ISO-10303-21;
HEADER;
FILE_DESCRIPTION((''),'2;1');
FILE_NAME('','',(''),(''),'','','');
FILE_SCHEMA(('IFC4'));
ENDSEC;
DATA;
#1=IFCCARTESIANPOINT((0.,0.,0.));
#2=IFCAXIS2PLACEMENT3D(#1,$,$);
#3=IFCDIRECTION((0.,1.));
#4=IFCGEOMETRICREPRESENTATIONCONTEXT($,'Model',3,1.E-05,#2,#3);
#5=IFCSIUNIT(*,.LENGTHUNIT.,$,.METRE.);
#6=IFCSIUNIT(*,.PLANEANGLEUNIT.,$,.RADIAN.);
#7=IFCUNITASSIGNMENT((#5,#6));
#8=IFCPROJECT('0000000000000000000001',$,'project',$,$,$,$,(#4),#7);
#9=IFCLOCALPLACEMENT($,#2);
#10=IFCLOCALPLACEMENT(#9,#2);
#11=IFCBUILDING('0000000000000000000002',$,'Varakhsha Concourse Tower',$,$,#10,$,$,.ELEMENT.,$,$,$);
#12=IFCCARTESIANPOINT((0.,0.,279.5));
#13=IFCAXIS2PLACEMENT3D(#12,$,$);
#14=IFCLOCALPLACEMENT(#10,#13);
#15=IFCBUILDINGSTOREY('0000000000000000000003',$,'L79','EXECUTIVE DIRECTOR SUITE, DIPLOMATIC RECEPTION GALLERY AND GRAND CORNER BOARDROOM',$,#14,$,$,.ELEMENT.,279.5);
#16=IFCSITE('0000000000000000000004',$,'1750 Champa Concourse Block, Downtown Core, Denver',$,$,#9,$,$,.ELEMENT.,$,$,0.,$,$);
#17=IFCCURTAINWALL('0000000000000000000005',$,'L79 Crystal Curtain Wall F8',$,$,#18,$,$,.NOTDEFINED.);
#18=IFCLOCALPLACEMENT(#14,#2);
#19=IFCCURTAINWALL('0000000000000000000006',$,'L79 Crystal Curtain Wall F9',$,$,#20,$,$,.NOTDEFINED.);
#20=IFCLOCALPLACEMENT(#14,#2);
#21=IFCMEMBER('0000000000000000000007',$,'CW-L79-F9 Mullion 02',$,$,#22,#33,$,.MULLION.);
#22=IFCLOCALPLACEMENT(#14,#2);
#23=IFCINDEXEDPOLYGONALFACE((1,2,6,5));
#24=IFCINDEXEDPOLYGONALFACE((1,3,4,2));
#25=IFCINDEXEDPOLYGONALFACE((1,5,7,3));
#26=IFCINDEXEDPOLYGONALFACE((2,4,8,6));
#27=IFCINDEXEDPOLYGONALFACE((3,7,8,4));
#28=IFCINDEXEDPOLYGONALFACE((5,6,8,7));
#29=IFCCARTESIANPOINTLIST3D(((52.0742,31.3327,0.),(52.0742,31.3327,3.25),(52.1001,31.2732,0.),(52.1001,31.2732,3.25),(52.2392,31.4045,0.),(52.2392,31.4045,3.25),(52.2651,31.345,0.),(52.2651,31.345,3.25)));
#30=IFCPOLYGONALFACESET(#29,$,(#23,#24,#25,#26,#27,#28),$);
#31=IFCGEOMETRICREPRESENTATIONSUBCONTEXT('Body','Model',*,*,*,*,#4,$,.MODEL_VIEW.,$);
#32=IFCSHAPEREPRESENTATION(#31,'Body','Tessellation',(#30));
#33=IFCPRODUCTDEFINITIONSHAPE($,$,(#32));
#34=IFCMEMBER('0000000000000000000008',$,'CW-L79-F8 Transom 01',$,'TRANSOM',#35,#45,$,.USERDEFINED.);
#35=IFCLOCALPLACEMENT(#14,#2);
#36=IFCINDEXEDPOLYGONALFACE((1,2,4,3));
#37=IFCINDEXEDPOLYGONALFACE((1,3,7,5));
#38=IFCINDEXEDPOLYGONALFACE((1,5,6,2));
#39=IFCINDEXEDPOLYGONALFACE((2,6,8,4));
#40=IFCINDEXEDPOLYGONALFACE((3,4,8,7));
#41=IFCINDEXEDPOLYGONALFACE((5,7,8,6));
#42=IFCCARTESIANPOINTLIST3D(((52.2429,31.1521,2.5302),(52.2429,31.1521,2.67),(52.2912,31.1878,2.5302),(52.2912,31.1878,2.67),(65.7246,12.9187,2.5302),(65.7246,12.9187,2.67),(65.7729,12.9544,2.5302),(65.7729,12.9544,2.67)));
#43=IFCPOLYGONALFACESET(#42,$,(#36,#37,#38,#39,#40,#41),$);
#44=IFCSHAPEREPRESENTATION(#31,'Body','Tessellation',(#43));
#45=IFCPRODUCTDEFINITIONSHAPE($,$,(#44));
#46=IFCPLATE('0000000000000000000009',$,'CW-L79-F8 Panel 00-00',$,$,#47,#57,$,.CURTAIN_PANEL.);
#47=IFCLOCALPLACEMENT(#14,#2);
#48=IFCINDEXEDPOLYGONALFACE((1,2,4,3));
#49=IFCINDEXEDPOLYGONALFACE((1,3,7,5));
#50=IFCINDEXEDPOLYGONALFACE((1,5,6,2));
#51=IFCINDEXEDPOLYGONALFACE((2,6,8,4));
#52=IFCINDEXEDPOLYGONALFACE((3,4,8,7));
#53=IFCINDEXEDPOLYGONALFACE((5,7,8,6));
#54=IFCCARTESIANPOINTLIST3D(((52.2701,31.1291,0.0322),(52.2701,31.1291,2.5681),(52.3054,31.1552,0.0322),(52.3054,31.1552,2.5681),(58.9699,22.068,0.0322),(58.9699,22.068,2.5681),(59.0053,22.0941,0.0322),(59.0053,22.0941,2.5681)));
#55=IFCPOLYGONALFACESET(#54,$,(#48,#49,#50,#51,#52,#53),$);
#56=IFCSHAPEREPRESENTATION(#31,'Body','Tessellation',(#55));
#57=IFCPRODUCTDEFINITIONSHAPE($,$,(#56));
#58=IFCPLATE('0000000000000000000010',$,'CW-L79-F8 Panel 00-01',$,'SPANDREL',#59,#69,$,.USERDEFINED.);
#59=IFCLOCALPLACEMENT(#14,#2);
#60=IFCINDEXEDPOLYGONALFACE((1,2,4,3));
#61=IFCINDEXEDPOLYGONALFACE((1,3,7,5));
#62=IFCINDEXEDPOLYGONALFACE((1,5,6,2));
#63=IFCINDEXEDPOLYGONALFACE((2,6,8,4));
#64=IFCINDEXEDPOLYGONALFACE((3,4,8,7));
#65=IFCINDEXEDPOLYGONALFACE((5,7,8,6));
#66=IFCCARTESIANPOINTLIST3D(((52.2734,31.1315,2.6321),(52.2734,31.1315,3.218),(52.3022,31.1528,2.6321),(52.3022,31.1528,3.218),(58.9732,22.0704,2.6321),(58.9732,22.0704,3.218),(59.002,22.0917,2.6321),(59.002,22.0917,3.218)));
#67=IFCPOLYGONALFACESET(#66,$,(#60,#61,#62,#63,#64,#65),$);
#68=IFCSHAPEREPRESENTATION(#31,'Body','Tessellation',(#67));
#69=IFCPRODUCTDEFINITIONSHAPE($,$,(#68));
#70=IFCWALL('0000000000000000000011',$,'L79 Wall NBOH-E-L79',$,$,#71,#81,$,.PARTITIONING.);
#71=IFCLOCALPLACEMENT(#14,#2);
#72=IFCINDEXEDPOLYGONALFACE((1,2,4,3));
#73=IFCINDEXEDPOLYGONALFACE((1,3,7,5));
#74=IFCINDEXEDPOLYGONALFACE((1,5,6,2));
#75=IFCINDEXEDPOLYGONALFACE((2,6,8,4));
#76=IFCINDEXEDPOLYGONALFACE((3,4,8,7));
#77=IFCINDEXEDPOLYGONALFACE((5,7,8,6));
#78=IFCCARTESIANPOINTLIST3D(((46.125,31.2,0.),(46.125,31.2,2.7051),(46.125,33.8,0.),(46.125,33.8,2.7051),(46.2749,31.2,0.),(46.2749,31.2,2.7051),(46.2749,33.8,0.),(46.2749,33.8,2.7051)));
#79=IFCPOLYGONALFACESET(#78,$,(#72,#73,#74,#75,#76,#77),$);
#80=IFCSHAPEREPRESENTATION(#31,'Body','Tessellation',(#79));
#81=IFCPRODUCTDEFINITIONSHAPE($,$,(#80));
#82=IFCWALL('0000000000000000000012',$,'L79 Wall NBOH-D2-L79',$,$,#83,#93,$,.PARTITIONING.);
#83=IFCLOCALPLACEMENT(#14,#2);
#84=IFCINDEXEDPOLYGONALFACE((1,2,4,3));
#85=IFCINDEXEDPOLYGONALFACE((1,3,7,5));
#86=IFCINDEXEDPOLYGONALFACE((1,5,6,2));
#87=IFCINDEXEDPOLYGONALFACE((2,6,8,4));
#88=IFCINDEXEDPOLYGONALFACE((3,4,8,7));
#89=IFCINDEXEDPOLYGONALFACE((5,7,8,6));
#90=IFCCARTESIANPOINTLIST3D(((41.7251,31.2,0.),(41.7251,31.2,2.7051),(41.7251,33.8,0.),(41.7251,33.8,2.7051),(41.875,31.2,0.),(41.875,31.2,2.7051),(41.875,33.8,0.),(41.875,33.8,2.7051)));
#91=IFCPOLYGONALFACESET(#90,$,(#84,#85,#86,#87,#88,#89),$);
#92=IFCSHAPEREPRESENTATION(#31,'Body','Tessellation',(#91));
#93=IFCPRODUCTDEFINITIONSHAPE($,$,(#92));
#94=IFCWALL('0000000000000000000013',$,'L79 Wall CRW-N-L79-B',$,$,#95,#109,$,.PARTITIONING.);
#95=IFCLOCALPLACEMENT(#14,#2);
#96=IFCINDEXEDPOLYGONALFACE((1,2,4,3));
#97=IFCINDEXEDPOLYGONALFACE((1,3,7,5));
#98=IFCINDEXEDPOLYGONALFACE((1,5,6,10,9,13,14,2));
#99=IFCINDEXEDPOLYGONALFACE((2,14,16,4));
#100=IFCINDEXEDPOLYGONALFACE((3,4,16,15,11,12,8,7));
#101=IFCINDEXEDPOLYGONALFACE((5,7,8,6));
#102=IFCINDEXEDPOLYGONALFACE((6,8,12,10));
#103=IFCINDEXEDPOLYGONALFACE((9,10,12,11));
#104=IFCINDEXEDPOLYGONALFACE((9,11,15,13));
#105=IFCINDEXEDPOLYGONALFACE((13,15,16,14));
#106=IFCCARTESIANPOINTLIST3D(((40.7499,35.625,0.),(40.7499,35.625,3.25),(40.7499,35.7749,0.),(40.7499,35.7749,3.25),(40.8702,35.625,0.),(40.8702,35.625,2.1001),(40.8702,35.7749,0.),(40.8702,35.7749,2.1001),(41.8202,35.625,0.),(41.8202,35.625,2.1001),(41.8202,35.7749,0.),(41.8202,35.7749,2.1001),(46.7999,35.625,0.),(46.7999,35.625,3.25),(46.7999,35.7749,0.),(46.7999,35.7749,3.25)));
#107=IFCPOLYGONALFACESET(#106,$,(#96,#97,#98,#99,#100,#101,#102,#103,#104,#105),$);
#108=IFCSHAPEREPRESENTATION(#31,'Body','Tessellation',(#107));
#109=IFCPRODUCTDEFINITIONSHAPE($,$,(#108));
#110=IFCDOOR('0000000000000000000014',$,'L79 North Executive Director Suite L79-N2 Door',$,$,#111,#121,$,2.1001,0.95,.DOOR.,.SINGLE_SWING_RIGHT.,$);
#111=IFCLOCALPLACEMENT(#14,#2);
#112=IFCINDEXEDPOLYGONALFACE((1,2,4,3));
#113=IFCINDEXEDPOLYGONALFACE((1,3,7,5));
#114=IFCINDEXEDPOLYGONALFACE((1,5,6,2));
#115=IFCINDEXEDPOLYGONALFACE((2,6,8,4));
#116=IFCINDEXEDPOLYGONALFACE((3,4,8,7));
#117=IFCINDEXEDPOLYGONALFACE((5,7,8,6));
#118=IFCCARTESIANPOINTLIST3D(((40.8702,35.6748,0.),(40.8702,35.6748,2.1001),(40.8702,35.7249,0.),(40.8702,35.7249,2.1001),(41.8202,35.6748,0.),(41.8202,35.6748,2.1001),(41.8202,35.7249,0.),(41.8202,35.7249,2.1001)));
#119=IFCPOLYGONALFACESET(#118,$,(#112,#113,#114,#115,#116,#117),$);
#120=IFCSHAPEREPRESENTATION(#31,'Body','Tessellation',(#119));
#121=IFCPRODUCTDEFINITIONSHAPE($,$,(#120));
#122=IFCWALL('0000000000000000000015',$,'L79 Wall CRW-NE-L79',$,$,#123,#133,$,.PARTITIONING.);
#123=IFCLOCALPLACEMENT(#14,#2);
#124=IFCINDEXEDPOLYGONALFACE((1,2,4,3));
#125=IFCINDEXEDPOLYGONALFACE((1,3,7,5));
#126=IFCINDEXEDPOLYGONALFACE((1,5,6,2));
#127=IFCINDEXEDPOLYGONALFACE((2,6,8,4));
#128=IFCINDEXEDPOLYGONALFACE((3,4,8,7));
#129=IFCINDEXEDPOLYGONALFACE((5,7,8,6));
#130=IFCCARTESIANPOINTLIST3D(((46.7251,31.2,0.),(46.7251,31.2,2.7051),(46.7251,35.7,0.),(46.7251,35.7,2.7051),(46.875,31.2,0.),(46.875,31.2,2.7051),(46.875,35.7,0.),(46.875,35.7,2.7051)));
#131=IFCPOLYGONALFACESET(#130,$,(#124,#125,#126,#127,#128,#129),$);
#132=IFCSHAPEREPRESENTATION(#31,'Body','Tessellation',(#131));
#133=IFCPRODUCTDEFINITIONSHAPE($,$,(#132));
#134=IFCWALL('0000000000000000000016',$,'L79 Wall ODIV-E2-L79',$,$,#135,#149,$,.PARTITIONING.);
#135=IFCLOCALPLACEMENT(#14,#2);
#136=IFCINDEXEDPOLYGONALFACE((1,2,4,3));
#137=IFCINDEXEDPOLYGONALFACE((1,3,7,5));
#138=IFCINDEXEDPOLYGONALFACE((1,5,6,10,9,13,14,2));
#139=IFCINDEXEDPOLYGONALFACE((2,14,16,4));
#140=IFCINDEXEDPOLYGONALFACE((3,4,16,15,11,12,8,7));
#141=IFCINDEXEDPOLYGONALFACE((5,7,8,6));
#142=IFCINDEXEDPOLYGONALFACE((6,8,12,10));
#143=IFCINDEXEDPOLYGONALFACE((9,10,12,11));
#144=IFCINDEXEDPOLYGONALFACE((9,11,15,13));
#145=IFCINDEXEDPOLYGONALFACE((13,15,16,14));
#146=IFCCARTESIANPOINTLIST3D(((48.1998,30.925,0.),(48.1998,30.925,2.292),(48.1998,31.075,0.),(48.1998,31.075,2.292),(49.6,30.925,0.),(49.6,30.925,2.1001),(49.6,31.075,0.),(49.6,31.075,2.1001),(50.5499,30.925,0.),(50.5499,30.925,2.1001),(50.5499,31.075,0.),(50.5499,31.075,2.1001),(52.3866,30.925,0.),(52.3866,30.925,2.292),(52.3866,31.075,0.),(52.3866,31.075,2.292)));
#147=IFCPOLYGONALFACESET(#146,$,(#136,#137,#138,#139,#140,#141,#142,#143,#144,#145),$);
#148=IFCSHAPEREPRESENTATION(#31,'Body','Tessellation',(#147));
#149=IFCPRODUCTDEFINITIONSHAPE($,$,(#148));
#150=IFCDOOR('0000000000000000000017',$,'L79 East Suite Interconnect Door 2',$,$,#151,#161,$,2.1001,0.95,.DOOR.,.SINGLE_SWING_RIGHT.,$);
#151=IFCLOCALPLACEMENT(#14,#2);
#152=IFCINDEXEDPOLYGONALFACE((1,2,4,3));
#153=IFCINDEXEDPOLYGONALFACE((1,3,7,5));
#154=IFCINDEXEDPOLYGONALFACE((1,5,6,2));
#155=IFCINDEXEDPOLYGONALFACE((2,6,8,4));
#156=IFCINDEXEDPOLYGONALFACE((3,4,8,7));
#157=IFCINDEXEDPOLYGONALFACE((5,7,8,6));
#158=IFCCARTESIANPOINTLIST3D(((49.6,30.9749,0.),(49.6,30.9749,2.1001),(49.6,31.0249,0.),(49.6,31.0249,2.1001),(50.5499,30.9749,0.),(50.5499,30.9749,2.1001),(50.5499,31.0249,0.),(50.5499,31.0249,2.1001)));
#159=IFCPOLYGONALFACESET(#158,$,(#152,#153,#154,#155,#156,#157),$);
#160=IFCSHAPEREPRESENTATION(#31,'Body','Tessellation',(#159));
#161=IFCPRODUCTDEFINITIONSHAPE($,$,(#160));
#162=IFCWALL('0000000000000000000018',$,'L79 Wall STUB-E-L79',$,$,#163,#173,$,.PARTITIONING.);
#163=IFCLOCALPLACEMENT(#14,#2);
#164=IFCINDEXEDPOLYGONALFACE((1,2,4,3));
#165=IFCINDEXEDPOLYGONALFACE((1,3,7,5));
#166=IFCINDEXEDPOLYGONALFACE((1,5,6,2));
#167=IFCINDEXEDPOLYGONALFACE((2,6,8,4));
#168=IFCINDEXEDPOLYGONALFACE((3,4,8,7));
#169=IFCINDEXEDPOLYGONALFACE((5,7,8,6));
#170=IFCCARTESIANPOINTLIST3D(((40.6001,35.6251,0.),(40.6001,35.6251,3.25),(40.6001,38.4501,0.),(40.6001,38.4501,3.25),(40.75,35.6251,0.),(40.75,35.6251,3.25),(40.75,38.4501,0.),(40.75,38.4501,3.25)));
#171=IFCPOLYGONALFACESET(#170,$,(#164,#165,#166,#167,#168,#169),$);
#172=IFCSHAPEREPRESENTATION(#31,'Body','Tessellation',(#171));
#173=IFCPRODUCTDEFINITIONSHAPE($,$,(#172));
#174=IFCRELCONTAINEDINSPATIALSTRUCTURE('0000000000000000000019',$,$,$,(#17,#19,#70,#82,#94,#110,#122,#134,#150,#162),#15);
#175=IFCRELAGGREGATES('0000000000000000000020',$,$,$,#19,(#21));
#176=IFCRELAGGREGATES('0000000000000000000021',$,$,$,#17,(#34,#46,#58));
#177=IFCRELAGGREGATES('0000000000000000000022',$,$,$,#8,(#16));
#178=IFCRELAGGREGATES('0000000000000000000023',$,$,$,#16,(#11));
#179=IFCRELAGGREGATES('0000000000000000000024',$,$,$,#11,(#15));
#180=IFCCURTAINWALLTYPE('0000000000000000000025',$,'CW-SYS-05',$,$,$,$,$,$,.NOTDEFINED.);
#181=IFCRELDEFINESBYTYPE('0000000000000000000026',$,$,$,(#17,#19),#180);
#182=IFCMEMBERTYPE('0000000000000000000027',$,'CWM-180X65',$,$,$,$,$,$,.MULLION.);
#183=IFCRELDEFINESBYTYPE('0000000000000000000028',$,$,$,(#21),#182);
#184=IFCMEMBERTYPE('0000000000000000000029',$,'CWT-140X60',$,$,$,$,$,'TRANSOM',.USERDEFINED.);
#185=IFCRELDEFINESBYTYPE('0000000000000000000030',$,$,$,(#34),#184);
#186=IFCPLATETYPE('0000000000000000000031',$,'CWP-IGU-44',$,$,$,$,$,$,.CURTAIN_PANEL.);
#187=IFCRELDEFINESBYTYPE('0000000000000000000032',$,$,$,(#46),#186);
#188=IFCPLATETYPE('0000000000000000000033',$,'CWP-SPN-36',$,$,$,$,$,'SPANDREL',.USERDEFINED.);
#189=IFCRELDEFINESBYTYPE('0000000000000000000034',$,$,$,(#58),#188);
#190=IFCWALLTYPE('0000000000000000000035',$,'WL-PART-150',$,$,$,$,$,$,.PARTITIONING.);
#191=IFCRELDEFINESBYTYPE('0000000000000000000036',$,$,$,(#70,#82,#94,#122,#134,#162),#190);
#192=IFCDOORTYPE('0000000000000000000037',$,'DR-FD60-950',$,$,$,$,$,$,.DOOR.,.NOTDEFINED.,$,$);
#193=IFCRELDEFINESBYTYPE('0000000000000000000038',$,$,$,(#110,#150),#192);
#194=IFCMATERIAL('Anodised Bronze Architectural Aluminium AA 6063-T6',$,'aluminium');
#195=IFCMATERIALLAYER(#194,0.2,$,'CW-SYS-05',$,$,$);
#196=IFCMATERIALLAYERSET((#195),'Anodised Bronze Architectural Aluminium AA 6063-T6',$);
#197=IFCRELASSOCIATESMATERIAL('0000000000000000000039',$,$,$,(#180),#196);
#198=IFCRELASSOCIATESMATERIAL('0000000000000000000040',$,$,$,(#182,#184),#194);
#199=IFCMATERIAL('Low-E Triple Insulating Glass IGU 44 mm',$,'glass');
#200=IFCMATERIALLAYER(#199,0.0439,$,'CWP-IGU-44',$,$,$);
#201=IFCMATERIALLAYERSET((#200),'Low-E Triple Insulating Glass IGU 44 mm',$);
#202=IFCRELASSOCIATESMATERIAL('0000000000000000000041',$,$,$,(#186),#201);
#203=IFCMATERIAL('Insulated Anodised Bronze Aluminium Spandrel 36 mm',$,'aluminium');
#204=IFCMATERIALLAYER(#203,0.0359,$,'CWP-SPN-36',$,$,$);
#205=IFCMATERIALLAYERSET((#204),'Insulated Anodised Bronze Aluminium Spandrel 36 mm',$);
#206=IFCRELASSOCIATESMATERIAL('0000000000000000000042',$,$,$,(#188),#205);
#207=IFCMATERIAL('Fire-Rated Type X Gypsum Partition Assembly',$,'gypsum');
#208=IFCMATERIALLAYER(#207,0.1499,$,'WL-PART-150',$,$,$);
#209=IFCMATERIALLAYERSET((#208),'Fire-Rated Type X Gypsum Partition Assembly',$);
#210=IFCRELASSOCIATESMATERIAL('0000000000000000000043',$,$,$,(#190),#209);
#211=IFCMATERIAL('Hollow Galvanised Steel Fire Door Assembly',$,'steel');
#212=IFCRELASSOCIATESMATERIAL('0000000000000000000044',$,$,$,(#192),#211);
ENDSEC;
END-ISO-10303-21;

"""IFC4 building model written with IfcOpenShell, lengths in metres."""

from ifc_helpers import new_model, si_unit, direction, frame, frame_2d, origin, origin_2d, place, context, subcontext, project, spatial, rectangle, extrude, source, transform, mapped, material, layer, layer_set, material_profile, profile_set, type_object, type_shapes, element, fill, aggregate, save


model = new_model("IFC4")

# Units and contexts
model_context = context("Model", 3, precision=1e-05, world=origin(), true_north=direction((0.0, 1.0)))
body_context = subcontext(model_context, "Body", "Model", "MODEL_VIEW")
ifc_project = project(units=[si_unit("LENGTHUNIT", "METRE"), si_unit("PLANEANGLEUNIT", "RADIAN")], contexts=[model_context])

# Site, building, storey
site_placement = place(None, origin())
site = spatial("IfcSite", under=ifc_project, at=site_placement, Name="1750 Champa Concourse Block, Downtown Core, Denver", CompositionType="ELEMENT", RefElevation=0.0)
building_placement = place(site_placement, origin())
building = spatial("IfcBuilding", under=site, at=building_placement, Name="Varakhsha Concourse Tower", CompositionType="ELEMENT")
storey_placement = place(building_placement, frame((0.0, 0.0, 279.5)))
storey = spatial("IfcBuildingStorey", under=building, at=storey_placement, Name="L79", Description="EXECUTIVE DIRECTOR SUITE, DIPLOMATIC RECEPTION GALLERY AND GRAND CORNER BOARDROOM", CompositionType="ELEMENT", Elevation=279.5)

# Curtain wall
ifc_material_1 = material(Name="Anodised Bronze Architectural Aluminium AA 6063-T6", Category="aluminium")
ifc_layer_1 = layer(ifc_material_1, 0.2, Name="CW-SYS-05")
ifc_layer_set_1 = layer_set([ifc_layer_1], Name="Anodised Bronze Architectural Aluminium AA 6063-T6")
curtain_wall_type = type_object("IfcCurtainWallType", Name="CW-SYS-05", PredefinedType="NOTDEFINED", material=ifc_layer_set_1)
curtain_wall_1_placement = place(storey_placement, origin())
curtain_wall_1 = element("IfcCurtainWall", 1, at=curtain_wall_1_placement, inside=storey, type_object=curtain_wall_type, Name="L79 Crystal Curtain Wall F8", PredefinedType="NOTDEFINED")
ifc_material_profile_1 = material_profile(ifc_material_1, rectangle(XDim=0.0649, YDim=0.1799, at=origin_2d()), Name="CWM-180X65")
ifc_profile_set_1 = profile_set([ifc_material_profile_1], Name="Anodised Bronze Architectural Aluminium AA 6063-T6")
member_type_1 = type_object("IfcMemberType", Name="CWM-180X65", PredefinedType="MULLION", material=ifc_profile_set_1)
shared_shape_1 = source(origin(), body_context, "Body", "SweptSolid", [
    extrude(rectangle(XDim=0.0649, YDim=0.1799, at=origin_2d()), origin(), (0.0, 0.0, 1.0), 3.25),
])
type_shapes(member_type_1, [shared_shape_1])

# Curtain wall, member
curtain_wall_2_placement = place(storey_placement, origin())
curtain_wall_2 = element("IfcCurtainWall", 2, at=curtain_wall_2_placement, inside=storey, type_object=curtain_wall_type, Name="L79 Crystal Curtain Wall F9", PredefinedType="NOTDEFINED")
member_1_placement = place(storey_placement, frame((52.1697, 31.3389, 0.0), z_axis=(0.0, 0.0, 1.0), x_axis=(0.399084, -0.916915, 0.0)))
member_1 = element("IfcMember", 3, at=member_1_placement, type_object=member_type_1, Name="CW-L79-F9 Mullion 02", PredefinedType="MULLION", context=body_context, shape_type="MappedRepresentation", body=[
    mapped(shared_shape_1, transform((0.0, 0.0, 0.0), scale=1.0)),
])
aggregate(curtain_wall_2, [member_1])

# Member
ifc_material_profile_2 = material_profile(ifc_material_1, rectangle(XDim=0.0601, YDim=0.1399, at=origin_2d()), Name="CWT-140X60")
ifc_profile_set_2 = profile_set([ifc_material_profile_2], Name="Anodised Bronze Architectural Aluminium AA 6063-T6")
member_type_2 = type_object("IfcMemberType", Name="CWT-140X60", ElementType="TRANSOM", PredefinedType="USERDEFINED", material=ifc_profile_set_2)
shared_shape_2 = source(origin(), body_context, "Body", "SweptSolid", [
    extrude(rectangle(XDim=0.0601, YDim=0.1399, at=origin_2d()), origin(), (0.0, 0.0, 1.0), 22.6763),
])
type_shapes(member_type_2, [shared_shape_2])
member_2_placement = place(storey_placement, frame((52.2671, 31.1699, 2.6001), z_axis=(0.594529, -0.804074, 0.0), x_axis=(0.804074, 0.594529, 0.0)))
member_2 = element("IfcMember", 4, at=member_2_placement, type_object=member_type_2, Name="CW-L79-F8 Transom 01", ObjectType="TRANSOM", PredefinedType="USERDEFINED", context=body_context, shape_type="MappedRepresentation", body=[
    mapped(shared_shape_2, transform((0.0, 0.0, 0.0), scale=1.0)),
])

# Plates
ifc_material_2 = material(Name="Low-E Triple Insulating Glass IGU 44 mm", Category="glass")
ifc_layer_2 = layer(ifc_material_2, 0.0439, Name="CWP-IGU-44")
ifc_layer_set_2 = layer_set([ifc_layer_2], Name="Low-E Triple Insulating Glass IGU 44 mm")
plate_type_1 = type_object("IfcPlateType", Name="CWP-IGU-44", PredefinedType="CURTAIN_PANEL", material=ifc_layer_set_2)
shared_shape_3 = source(origin(), body_context, "Body", "SweptSolid", [
    extrude(rectangle(XDim=11.269, YDim=0.0439, at=origin_2d()), origin(), (0.0, 0.0, 1.0), 2.5359),
])
type_shapes(plate_type_1, [shared_shape_3])
plate_1_placement = place(storey_placement, frame((55.6377, 26.6116, 0.0322), z_axis=(0.0, 0.0, 1.0), x_axis=(0.594534, -0.804071, 0.0)))
plate_1 = element("IfcPlate", 5, at=plate_1_placement, type_object=plate_type_1, Name="CW-L79-F8 Panel 00-00", PredefinedType="CURTAIN_PANEL", context=body_context, shape_type="MappedRepresentation", body=[
    mapped(shared_shape_3, transform((0.0, 0.0, 0.0), scale=1.0)),
])
ifc_material_3 = material(Name="Insulated Anodised Bronze Aluminium Spandrel 36 mm", Category="aluminium")
ifc_layer_3 = layer(ifc_material_3, 0.0359, Name="CWP-SPN-36")
ifc_layer_set_3 = layer_set([ifc_layer_3], Name="Insulated Anodised Bronze Aluminium Spandrel 36 mm")
plate_type_2 = type_object("IfcPlateType", Name="CWP-SPN-36", ElementType="SPANDREL", PredefinedType="USERDEFINED", material=ifc_layer_set_3)
shared_shape_4 = source(origin(), body_context, "Body", "SweptSolid", [
    extrude(rectangle(XDim=11.269, YDim=0.0359, at=origin_2d()), origin(), (0.0, 0.0, 1.0), 0.5859),
])
type_shapes(plate_type_2, [shared_shape_4])
plate_2_placement = place(storey_placement, frame((55.6377, 26.6116, 2.6321), z_axis=(0.0, 0.0, 1.0), x_axis=(0.594534, -0.804071, 0.0)))
plate_2 = element("IfcPlate", 6, at=plate_2_placement, type_object=plate_type_2, Name="CW-L79-F8 Panel 00-01", ObjectType="SPANDREL", PredefinedType="USERDEFINED", context=body_context, shape_type="MappedRepresentation", body=[
    mapped(shared_shape_4, transform((0.0, 0.0, 0.0), scale=1.0)),
])
aggregate(curtain_wall_1, [member_2, plate_1, plate_2])

# Walls
ifc_material_4 = material(Name="Fire-Rated Type X Gypsum Partition Assembly", Category="gypsum")
ifc_layer_4 = layer(ifc_material_4, 0.1499, Name="WL-PART-150")
ifc_layer_set_4 = layer_set([ifc_layer_4], Name="Fire-Rated Type X Gypsum Partition Assembly")
wall_type_1 = type_object("IfcWallType", Name="WL-PART-150", PredefinedType="PARTITIONING", material=ifc_layer_set_4)
for number, where, z_axis, x_axis, name in (
    (7, (46.2, 31.2, 0.0), (0.0, 0.0, 1.0), (0.0, 1.0, 0.0), "L79 Wall NBOH-E-L79"),
    (8, (41.8, 31.2, 0.0), (0.0, 0.0, 1.0), (0.0, 1.0, 0.0), "L79 Wall NBOH-D2-L79"),
):
    element("IfcWall", number, at=place(storey_placement, frame(where, z_axis=z_axis, x_axis=x_axis)), inside=storey, type_object=wall_type_1, Name=name, PredefinedType="PARTITIONING", context=body_context, shape_type="SweptSolid", body=[
        extrude(rectangle(XDim=2.6001, YDim=0.1499, at=frame_2d((1.3, 0.0))), origin(), (0.0, 0.0, 1.0), 2.7051),
    ])

# Wall, opening, door
wall_1_placement = place(storey_placement, frame((40.75, 35.7, 0.0), z_axis=(0.0, 0.0, 1.0), x_axis=(1.0, 0.0, 0.0)))
wall_1 = element("IfcWall", 9, at=wall_1_placement, inside=storey, type_object=wall_type_1, Name="L79 Wall CRW-N-L79-B", PredefinedType="PARTITIONING", context=body_context, shape_type="SweptSolid", body=[
    extrude(rectangle(XDim=6.05, YDim=0.1499, at=frame_2d((3.0249, 0.0))), origin(), (0.0, 0.0, 1.0), 3.25),
])
opening_1_placement = place(wall_1_placement, frame((0.1201, 0.0, 0.0)))
opening_1 = element("IfcOpeningElement", 10, at=opening_1_placement, cuts=wall_1, PredefinedType="OPENING", context=body_context, shape_type="SweptSolid", body=[
    extrude(rectangle(XDim=0.95, YDim=2.1001, at=frame_2d((0.4751, 1.05))), frame((0.0, 0.085, 0.0), z_axis=(0.0, -1.0, 0.0), x_axis=(1.0, 0.0, 0.0)), (0.0, 0.0, 1.0), 0.1699),
])
ifc_material_5 = material(Name="Hollow Galvanised Steel Fire Door Assembly", Category="steel")
door_type = type_object("IfcDoorType", Name="DR-FD60-950", OperationType="NOTDEFINED", PredefinedType="DOOR", material=ifc_material_5)
door_1_placement = place(opening_1_placement, origin())
door_1 = element("IfcDoor", 11, at=door_1_placement, inside=storey, type_object=door_type, Name="L79 North Executive Director Suite L79-N2 Door", OperationType="SINGLE_SWING_RIGHT", OverallHeight=2.1001, OverallWidth=0.95, PredefinedType="DOOR", context=body_context, shape_type="SweptSolid", body=[
    extrude(rectangle(XDim=0.95, YDim=2.1001, at=frame_2d((0.4751, 1.05))), frame((0.0, 0.0249, 0.0), z_axis=(0.0, -1.0, 0.0), x_axis=(1.0, 0.0, 0.0)), (0.0, 0.0, 1.0), 0.05),
])
fill(opening_1, door_1)

# Wall
wall_2_placement = place(storey_placement, frame((46.8, 31.2, 0.0), z_axis=(0.0, 0.0, 1.0), x_axis=(0.0, 1.0, 0.0)))
element("IfcWall", 12, at=wall_2_placement, inside=storey, type_object=wall_type_1, Name="L79 Wall CRW-NE-L79", PredefinedType="PARTITIONING", context=body_context, shape_type="SweptSolid", body=[
    extrude(rectangle(XDim=4.5, YDim=0.1499, at=frame_2d((2.25, 0.0))), origin(), (0.0, 0.0, 1.0), 2.7051),
])

# Wall, opening, door
wall_3_placement = place(storey_placement, frame((48.2, 31.0, 0.0), z_axis=(0.0, 0.0, 1.0), x_axis=(1.0, 0.0, 0.0)))
wall_3 = element("IfcWall", 13, at=wall_3_placement, inside=storey, type_object=wall_type_1, Name="L79 Wall ODIV-E2-L79", PredefinedType="PARTITIONING", context=body_context, shape_type="SweptSolid", body=[
    extrude(rectangle(XDim=4.1868, YDim=0.1499, at=frame_2d((2.0933, 0.0))), origin(), (0.0, 0.0, 1.0), 2.292),
])
opening_2_placement = place(wall_3_placement, frame((1.3999, 0.0, 0.0)))
opening_2 = element("IfcOpeningElement", 14, at=opening_2_placement, cuts=wall_3, PredefinedType="OPENING", context=body_context, shape_type="SweptSolid", body=[
    extrude(rectangle(XDim=0.95, YDim=2.1001, at=frame_2d((0.4751, 1.05))), frame((0.0, 0.085, 0.0), z_axis=(0.0, -1.0, 0.0), x_axis=(1.0, 0.0, 0.0)), (0.0, 0.0, 1.0), 0.1699),
])
door_2_placement = place(opening_2_placement, origin())
door_2 = element("IfcDoor", 15, at=door_2_placement, inside=storey, type_object=door_type, Name="L79 East Suite Interconnect Door 2", OperationType="SINGLE_SWING_RIGHT", OverallHeight=2.1001, OverallWidth=0.95, PredefinedType="DOOR", context=body_context, shape_type="SweptSolid", body=[
    extrude(rectangle(XDim=0.95, YDim=2.1001, at=frame_2d((0.4751, 1.05))), frame((0.0, 0.0249, 0.0), z_axis=(0.0, -1.0, 0.0), x_axis=(1.0, 0.0, 0.0)), (0.0, 0.0, 1.0), 0.05),
])
fill(opening_2, door_2)

# Wall
wall_4_placement = place(storey_placement, frame((40.675, 35.625, 0.0), z_axis=(0.0, 0.0, 1.0), x_axis=(0.0, 1.0, 0.0)))
element("IfcWall", 16, at=wall_4_placement, inside=storey, type_object=wall_type_1, Name="L79 Wall STUB-E-L79", PredefinedType="PARTITIONING", context=body_context, shape_type="SweptSolid", body=[
    extrude(rectangle(XDim=2.825, YDim=0.1499, at=frame_2d((1.4126, 0.0))), origin(), (0.0, 0.0, 1.0), 3.25),
])

save(model, "model.ifc")
